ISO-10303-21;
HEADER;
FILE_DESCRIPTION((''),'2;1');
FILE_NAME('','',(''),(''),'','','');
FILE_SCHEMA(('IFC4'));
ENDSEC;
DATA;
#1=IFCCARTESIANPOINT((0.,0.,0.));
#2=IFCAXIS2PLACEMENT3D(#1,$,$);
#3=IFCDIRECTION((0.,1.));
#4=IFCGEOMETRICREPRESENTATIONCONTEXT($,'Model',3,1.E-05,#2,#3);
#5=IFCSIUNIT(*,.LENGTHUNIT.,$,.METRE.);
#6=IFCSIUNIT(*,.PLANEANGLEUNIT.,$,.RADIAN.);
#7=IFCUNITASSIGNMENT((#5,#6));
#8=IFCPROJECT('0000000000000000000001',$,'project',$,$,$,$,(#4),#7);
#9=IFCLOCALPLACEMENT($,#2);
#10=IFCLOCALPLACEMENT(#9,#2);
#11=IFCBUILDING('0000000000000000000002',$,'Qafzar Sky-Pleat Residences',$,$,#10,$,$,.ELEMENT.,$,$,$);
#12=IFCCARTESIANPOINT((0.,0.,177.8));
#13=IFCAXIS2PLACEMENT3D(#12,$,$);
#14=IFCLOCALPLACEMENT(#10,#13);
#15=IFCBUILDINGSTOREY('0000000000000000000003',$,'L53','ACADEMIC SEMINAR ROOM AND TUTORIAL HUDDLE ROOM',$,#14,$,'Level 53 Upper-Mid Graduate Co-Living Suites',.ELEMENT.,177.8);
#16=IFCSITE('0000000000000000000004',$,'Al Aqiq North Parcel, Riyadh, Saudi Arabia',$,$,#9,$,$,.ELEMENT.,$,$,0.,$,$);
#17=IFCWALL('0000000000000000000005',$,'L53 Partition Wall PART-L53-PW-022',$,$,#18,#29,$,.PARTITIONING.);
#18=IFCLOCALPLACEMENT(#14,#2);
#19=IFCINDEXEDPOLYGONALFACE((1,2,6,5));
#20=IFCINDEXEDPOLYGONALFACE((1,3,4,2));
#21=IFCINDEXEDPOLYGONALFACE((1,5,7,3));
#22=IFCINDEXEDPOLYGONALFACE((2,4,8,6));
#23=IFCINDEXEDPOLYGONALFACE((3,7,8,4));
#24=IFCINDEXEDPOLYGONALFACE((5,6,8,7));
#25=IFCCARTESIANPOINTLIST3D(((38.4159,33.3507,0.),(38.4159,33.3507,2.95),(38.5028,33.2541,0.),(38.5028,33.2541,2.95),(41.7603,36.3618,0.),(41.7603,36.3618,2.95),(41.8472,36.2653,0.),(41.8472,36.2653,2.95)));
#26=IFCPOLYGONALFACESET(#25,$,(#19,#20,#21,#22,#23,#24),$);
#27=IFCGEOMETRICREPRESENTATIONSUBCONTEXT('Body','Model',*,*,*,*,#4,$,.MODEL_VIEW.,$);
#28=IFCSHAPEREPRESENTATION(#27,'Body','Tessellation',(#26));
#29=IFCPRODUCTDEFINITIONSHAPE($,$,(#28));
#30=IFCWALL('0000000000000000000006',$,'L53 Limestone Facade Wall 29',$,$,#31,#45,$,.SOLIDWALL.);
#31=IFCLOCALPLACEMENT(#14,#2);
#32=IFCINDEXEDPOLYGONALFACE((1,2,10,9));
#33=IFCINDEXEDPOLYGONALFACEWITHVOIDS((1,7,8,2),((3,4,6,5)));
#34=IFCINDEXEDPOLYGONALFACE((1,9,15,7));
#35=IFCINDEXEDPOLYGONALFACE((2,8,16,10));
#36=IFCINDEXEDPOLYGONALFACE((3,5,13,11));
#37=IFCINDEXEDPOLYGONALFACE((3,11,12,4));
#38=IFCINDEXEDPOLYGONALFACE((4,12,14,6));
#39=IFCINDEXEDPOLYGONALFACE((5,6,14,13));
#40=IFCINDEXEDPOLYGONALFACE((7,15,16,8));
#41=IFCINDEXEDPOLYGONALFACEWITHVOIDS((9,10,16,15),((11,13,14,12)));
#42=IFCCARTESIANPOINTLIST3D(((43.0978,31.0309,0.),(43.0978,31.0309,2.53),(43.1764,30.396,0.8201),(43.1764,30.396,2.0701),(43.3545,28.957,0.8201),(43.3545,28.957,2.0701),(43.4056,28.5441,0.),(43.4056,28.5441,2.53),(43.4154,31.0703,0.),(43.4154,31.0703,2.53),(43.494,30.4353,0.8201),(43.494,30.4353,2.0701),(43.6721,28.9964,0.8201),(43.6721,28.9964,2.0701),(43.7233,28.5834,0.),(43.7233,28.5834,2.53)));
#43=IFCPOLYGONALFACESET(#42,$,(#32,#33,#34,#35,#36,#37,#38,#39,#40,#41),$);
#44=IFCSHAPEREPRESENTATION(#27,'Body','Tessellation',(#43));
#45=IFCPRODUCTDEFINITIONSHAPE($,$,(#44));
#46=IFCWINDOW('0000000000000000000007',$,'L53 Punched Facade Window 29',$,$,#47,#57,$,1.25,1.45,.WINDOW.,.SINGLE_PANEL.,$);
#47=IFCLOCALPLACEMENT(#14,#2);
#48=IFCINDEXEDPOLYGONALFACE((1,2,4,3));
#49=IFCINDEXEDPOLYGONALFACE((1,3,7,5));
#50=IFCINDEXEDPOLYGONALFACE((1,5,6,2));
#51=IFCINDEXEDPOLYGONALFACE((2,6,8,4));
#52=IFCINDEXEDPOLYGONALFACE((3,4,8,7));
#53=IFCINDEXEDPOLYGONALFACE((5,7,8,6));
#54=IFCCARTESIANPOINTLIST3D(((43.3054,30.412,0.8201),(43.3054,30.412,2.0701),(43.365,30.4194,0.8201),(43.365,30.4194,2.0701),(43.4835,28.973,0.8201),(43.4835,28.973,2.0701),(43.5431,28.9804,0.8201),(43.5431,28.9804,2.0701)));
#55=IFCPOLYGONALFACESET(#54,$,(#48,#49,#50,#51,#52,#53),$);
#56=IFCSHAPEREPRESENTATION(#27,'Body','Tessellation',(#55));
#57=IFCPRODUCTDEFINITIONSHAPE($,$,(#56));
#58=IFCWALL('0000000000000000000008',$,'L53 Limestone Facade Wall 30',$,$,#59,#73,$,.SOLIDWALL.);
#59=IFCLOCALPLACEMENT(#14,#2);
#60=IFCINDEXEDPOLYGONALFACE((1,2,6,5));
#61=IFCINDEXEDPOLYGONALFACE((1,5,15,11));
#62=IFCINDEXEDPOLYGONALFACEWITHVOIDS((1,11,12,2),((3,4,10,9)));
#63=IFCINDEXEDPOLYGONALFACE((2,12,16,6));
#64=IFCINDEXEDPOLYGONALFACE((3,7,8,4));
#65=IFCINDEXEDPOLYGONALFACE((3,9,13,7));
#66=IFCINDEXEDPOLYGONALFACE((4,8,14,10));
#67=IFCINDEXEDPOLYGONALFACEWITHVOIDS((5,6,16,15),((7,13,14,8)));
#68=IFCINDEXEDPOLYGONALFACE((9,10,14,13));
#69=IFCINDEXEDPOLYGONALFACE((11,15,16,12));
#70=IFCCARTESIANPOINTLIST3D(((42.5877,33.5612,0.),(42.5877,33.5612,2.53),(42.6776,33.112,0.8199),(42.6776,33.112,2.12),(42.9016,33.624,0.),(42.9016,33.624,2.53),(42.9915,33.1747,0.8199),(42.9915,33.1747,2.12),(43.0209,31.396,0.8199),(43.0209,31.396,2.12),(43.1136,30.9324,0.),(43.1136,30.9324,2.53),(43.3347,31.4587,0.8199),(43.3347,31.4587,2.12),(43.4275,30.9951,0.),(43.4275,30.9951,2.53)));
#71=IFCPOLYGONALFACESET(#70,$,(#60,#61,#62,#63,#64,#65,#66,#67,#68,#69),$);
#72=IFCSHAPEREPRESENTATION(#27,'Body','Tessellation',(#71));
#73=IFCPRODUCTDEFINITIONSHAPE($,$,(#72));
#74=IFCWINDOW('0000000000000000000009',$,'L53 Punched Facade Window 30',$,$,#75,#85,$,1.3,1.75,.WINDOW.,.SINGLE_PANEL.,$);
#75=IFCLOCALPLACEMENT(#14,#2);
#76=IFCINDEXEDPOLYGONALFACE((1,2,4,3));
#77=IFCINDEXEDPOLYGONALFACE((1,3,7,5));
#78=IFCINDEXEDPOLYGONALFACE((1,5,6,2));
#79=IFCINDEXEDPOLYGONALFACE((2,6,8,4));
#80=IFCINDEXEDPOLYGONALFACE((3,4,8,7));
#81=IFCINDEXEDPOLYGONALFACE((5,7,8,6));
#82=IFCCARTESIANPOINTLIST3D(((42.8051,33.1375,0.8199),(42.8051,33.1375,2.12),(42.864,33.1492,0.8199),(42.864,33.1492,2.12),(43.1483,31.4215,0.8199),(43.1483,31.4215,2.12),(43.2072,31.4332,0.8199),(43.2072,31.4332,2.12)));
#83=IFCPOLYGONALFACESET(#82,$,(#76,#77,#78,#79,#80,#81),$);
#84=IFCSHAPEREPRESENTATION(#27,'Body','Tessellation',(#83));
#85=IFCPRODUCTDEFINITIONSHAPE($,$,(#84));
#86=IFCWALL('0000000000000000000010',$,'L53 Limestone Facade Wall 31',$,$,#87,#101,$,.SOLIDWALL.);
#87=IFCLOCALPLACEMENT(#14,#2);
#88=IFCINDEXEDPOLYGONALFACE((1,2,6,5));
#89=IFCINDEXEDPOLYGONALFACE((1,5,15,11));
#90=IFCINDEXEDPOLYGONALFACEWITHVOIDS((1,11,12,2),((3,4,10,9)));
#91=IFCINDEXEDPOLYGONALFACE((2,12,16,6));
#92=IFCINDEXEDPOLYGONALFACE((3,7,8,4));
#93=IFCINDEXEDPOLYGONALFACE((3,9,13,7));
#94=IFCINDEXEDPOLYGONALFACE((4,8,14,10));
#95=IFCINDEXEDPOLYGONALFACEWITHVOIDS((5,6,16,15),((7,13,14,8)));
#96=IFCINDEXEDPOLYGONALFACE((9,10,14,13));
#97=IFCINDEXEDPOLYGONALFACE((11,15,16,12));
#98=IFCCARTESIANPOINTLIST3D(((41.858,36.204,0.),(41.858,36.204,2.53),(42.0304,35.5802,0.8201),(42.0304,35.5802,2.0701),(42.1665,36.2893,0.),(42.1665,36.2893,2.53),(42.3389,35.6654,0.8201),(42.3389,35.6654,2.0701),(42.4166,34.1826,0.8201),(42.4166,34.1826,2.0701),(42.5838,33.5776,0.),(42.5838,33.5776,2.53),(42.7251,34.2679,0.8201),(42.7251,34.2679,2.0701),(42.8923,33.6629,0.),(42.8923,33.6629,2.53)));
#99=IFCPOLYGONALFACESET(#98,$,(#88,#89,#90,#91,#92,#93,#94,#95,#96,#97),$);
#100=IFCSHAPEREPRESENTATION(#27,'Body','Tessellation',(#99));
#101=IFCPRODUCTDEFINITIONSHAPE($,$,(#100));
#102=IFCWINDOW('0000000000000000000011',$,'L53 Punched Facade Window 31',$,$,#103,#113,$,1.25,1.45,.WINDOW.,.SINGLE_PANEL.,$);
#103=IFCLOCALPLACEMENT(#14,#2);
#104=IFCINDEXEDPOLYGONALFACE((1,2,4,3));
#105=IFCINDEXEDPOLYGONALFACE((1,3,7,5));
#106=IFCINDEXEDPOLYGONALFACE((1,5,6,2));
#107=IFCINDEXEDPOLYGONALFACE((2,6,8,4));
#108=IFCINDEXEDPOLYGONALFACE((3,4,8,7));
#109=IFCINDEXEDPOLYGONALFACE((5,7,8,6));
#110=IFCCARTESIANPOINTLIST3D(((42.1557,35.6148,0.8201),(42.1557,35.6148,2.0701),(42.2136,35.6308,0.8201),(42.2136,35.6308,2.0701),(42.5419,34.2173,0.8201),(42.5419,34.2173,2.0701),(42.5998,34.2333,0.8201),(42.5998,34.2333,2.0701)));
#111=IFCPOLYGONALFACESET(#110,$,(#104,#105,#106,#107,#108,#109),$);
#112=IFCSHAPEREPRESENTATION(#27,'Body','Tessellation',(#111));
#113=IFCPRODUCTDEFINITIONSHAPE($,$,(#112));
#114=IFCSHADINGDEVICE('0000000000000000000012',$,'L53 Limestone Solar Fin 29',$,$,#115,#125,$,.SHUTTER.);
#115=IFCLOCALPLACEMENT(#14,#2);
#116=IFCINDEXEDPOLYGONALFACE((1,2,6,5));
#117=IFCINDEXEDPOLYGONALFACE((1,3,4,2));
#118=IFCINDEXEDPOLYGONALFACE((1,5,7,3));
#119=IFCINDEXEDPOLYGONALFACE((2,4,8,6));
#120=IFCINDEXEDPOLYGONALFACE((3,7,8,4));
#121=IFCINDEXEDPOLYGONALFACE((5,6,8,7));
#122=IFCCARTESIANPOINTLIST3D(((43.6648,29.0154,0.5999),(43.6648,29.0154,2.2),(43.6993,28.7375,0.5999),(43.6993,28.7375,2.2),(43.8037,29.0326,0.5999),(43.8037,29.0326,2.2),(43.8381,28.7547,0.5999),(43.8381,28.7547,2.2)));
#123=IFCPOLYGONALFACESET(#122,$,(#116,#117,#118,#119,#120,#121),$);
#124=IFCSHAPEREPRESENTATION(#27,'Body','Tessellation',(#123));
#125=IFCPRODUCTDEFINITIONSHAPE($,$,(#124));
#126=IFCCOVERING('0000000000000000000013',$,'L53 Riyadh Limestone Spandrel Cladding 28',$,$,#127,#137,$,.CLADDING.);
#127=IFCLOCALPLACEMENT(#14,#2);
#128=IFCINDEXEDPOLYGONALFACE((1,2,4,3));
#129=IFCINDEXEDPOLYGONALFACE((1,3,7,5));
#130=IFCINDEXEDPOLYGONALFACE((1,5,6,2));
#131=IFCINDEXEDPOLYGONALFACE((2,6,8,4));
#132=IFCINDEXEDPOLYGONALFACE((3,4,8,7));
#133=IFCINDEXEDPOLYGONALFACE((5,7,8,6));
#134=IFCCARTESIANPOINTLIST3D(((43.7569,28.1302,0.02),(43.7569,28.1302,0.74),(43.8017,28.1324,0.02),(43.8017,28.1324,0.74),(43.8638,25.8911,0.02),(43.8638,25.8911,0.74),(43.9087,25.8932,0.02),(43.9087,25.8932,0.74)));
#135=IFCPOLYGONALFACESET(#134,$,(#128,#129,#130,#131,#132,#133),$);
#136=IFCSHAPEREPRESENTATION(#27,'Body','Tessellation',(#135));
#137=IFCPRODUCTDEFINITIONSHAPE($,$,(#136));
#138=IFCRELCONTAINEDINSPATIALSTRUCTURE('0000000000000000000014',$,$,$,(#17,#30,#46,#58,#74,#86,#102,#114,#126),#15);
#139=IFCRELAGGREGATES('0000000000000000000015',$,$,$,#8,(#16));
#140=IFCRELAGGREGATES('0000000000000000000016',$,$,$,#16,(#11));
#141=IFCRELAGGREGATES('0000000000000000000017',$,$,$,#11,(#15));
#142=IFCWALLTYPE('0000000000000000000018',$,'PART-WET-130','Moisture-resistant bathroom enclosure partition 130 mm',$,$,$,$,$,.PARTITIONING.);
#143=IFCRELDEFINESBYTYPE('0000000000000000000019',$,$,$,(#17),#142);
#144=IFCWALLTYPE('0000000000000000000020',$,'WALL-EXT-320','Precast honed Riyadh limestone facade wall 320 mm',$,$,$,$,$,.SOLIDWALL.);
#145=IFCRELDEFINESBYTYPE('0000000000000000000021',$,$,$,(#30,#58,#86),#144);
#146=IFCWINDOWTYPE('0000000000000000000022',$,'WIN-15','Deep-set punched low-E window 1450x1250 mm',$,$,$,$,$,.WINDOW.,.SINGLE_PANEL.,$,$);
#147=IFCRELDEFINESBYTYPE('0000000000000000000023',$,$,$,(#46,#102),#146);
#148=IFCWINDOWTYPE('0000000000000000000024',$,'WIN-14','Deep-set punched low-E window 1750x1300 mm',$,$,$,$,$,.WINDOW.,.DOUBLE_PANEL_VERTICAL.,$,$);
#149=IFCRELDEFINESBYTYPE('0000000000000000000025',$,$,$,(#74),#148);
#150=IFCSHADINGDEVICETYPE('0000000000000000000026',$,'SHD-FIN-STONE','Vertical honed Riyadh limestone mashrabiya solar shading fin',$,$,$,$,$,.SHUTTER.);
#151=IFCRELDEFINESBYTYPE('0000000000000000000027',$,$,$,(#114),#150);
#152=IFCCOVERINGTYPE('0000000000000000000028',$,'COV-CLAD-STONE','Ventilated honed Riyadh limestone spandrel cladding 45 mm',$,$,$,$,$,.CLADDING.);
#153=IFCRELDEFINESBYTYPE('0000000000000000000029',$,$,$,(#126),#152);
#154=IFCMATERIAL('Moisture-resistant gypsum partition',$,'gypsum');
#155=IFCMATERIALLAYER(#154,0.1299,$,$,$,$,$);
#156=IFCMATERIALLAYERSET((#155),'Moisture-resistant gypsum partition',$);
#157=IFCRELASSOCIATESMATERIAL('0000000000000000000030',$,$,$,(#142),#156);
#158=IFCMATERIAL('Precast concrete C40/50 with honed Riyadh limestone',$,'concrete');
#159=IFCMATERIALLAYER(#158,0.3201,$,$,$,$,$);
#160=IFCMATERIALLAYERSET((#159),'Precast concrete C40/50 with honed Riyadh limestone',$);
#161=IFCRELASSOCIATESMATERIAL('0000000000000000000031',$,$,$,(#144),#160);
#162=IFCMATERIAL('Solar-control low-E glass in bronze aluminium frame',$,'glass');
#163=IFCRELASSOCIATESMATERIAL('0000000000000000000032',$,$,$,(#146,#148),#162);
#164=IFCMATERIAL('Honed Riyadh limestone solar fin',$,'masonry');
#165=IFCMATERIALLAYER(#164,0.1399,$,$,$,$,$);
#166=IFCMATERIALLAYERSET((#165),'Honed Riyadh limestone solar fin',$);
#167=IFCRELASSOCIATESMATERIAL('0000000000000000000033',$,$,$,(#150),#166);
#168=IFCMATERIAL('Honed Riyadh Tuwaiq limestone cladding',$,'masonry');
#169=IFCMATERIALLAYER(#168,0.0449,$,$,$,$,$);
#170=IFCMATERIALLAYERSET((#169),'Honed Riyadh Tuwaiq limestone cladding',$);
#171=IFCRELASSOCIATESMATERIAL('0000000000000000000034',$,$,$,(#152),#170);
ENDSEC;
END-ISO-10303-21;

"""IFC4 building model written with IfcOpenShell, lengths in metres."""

from ifc_helpers import new_model, si_unit, direction, frame, frame_2d, origin, origin_2d, place, context, subcontext, project, spatial, rectangle, extrude, source, transform, mapped, material, layer, layer_set, type_object, element, fill, save


model = new_model("IFC4")

# Units and contexts
model_context = context("Model", 3, precision=1e-05, world=origin(), true_north=direction((0.0, 1.0)))
body_context = subcontext(model_context, "Body", "Model", "MODEL_VIEW")
ifc_project = project(units=[si_unit("LENGTHUNIT", "METRE"), si_unit("PLANEANGLEUNIT", "RADIAN")], contexts=[model_context])

# Site, building, storey
site_placement = place(None, origin())
site = spatial("IfcSite", under=ifc_project, at=site_placement, Name="Al Aqiq North Parcel, Riyadh, Saudi Arabia", CompositionType="ELEMENT", RefElevation=0.0)
building_placement = place(site_placement, origin())
building = spatial("IfcBuilding", under=site, at=building_placement, Name="Qafzar Sky-Pleat Residences", CompositionType="ELEMENT")
storey_placement = place(building_placement, frame((0.0, 0.0, 177.8)))
storey = spatial("IfcBuildingStorey", under=building, at=storey_placement, Name="L53", Description="ACADEMIC SEMINAR ROOM AND TUTORIAL HUDDLE ROOM", LongName="Level 53 Upper-Mid Graduate Co-Living Suites", CompositionType="ELEMENT", Elevation=177.8)

# Wall
ifc_material_1 = material(Name="Moisture-resistant gypsum partition", Category="gypsum")
ifc_layer_1 = layer(ifc_material_1, 0.1299)
ifc_layer_set_1 = layer_set([ifc_layer_1], Name="Moisture-resistant gypsum partition")
wall_type_1 = type_object("IfcWallType", Name="PART-WET-130", Description="Moisture-resistant bathroom enclosure partition 130 mm", PredefinedType="PARTITIONING", material=ifc_layer_set_1)
wall_1_placement = place(storey_placement, frame((38.4595, 33.3025, 0.0), z_axis=(0.0, 0.0, 1.0), x_axis=(0.743162, 0.669112, 0.0)))
element("IfcWall", 1, at=wall_1_placement, inside=storey, type_object=wall_type_1, Name="L53 Partition Wall PART-L53-PW-022", PredefinedType="PARTITIONING", context=body_context, shape_type="SweptSolid", body=[
    extrude(rectangle(XDim=4.5002, YDim=0.1299, at=frame_2d((2.25, 0.0))), origin(), (0.0, 0.0, 1.0), 2.95),
])

# Walls, openings, windows
ifc_material_2 = material(Name="Precast concrete C40/50 with honed Riyadh limestone", Category="concrete")
ifc_layer_2 = layer(ifc_material_2, 0.3201)
ifc_layer_set_2 = layer_set([ifc_layer_2], Name="Precast concrete C40/50 with honed Riyadh limestone")
wall_type_2 = type_object("IfcWallType", Name="WALL-EXT-320", Description="Precast honed Riyadh limestone facade wall 320 mm", PredefinedType="SOLIDWALL", material=ifc_layer_set_2)
wall_2_placement = place(storey_placement, frame((43.5645, 28.5637, 0.0), z_axis=(0.0, 0.0, 1.0), x_axis=(-0.122859, 0.992424, 0.0)))
wall_2 = element("IfcWall", 2, at=wall_2_placement, inside=storey, type_object=wall_type_2, Name="L53 Limestone Facade Wall 29", PredefinedType="SOLIDWALL", context=body_context, shape_type="SweptSolid", body=[
    extrude(rectangle(XDim=2.5059, YDim=0.3201, at=frame_2d((1.2529, 0.0))), origin(), (0.0, 0.0, 1.0), 2.53),
])
opening_1_placement = place(wall_2_placement, frame((0.416, 0.0, 0.8201)))
opening_1 = element("IfcOpeningElement", 3, at=opening_1_placement, cuts=wall_2, PredefinedType="OPENING", context=body_context, shape_type="SweptSolid", body=[
    extrude(rectangle(XDim=1.45, YDim=1.25, at=frame_2d((0.7251, 0.625))), frame((0.0, 0.1699, 0.0), z_axis=(0.0, -1.0, 0.0), x_axis=(1.0, 0.0, 0.0)), (0.0, 0.0, 1.0), 0.3401),
])
ifc_material_3 = material(Name="Solar-control low-E glass in bronze aluminium frame", Category="glass")
window_type_1 = type_object("IfcWindowType", Name="WIN-15", Description="Deep-set punched low-E window 1450x1250 mm", PartitioningType="SINGLE_PANEL", PredefinedType="WINDOW", material=ifc_material_3)
shared_shape_1 = source(origin(), body_context, "Body", "SweptSolid", [
    extrude(rectangle(XDim=1.45, YDim=1.25, at=frame_2d((0.7251, 0.625))), frame((0.0, 0.03, 0.0), z_axis=(0.0, -1.0, 0.0), x_axis=(1.0, 0.0, 0.0)), (0.0, 0.0, 1.0), 0.0601),
])
window_1_placement = place(opening_1_placement, origin())
window_1 = element("IfcWindow", 4, at=window_1_placement, inside=storey, type_object=window_type_1, Name="L53 Punched Facade Window 29", OverallHeight=1.25, OverallWidth=1.45, PartitioningType="SINGLE_PANEL", PredefinedType="WINDOW", context=body_context, shape_type="MappedRepresentation", body=[
    mapped(shared_shape_1, transform((0.0, 0.0, 0.0), x_axis=(1.0, 0.0, 0.0), y_axis=(0.0, 1.0, 0.0), z_axis=(0.0, 0.0, 1.0), scale=1.0)),
])
fill(opening_1, window_1)
wall_3_placement = place(storey_placement, frame((43.2705, 30.9639, 0.0), z_axis=(0.0, 0.0, 1.0), x_axis=(-0.196151, 0.980574, 0.0)))
wall_3 = element("IfcWall", 5, at=wall_3_placement, inside=storey, type_object=wall_type_2, Name="L53 Limestone Facade Wall 30", PredefinedType="SOLIDWALL", context=body_context, shape_type="SweptSolid", body=[
    extrude(rectangle(XDim=2.6809, YDim=0.3201, at=frame_2d((1.3403, 0.0))), origin(), (0.0, 0.0, 1.0), 2.53),
])
opening_2_placement = place(wall_3_placement, frame((0.4727, 0.0, 0.8201)))
opening_2 = element("IfcOpeningElement", 6, at=opening_2_placement, cuts=wall_3, PredefinedType="OPENING", context=body_context, shape_type="SweptSolid", body=[
    extrude(rectangle(XDim=1.75, YDim=1.3, at=frame_2d((0.875, 0.6499))), frame((0.0, 0.1699, 0.0), z_axis=(0.0, -1.0, 0.0), x_axis=(1.0, 0.0, 0.0)), (0.0, 0.0, 1.0), 0.3401),
])
window_type_2 = type_object("IfcWindowType", Name="WIN-14", Description="Deep-set punched low-E window 1750x1300 mm", PartitioningType="DOUBLE_PANEL_VERTICAL", PredefinedType="WINDOW", material=ifc_material_3)
shared_shape_2 = source(origin(), body_context, "Body", "SweptSolid", [
    extrude(rectangle(XDim=1.75, YDim=1.3, at=frame_2d((0.875, 0.6499))), frame((0.0, 0.03, 0.0), z_axis=(0.0, -1.0, 0.0), x_axis=(1.0, 0.0, 0.0)), (0.0, 0.0, 1.0), 0.0601),
])
window_2_placement = place(opening_2_placement, origin())
window_2 = element("IfcWindow", 7, at=window_2_placement, inside=storey, type_object=window_type_2, Name="L53 Punched Facade Window 30", OverallHeight=1.3, OverallWidth=1.75, PartitioningType="SINGLE_PANEL", PredefinedType="WINDOW", context=body_context, shape_type="MappedRepresentation", body=[
    mapped(shared_shape_2, transform((0.0, 0.0, 0.0), x_axis=(1.0, 0.0, 0.0), y_axis=(0.0, 1.0, 0.0), z_axis=(0.0, 0.0, 1.0), scale=1.0)),
])
fill(opening_2, window_2)
wall_4_placement = place(storey_placement, frame((42.738, 33.6204, 0.0), z_axis=(0.0, 0.0, 1.0), x_axis=(-0.266368, 0.963871, 0.0)))
wall_4 = element("IfcWall", 8, at=wall_4_placement, inside=storey, type_object=wall_type_2, Name="L53 Limestone Facade Wall 31", PredefinedType="SOLIDWALL", context=body_context, shape_type="SweptSolid", body=[
    extrude(rectangle(XDim=2.7249, YDim=0.3201, at=frame_2d((1.3623, 0.0))), origin(), (0.0, 0.0, 1.0), 2.53),
])
opening_3_placement = place(wall_4_placement, frame((0.6274, 0.0, 0.8201)))
opening_3 = element("IfcOpeningElement", 9, at=opening_3_placement, cuts=wall_4, PredefinedType="OPENING", context=body_context, shape_type="SweptSolid", body=[
    extrude(rectangle(XDim=1.45, YDim=1.25, at=frame_2d((0.7251, 0.625))), frame((0.0, 0.1699, 0.0), z_axis=(0.0, -1.0, 0.0), x_axis=(1.0, 0.0, 0.0)), (0.0, 0.0, 1.0), 0.3401),
])
window_3_placement = place(opening_3_placement, origin())
window_3 = element("IfcWindow", 10, at=window_3_placement, inside=storey, type_object=window_type_1, Name="L53 Punched Facade Window 31", OverallHeight=1.25, OverallWidth=1.45, PartitioningType="SINGLE_PANEL", PredefinedType="WINDOW", context=body_context, shape_type="MappedRepresentation", body=[
    mapped(shared_shape_1, transform((0.0, 0.0, 0.0), x_axis=(1.0, 0.0, 0.0), y_axis=(0.0, 1.0, 0.0), z_axis=(0.0, 0.0, 1.0), scale=1.0)),
])
fill(opening_3, window_3)

# Shading device
ifc_material_4 = material(Name="Honed Riyadh limestone solar fin", Category="masonry")
ifc_layer_3 = layer(ifc_material_4, 0.1399)
ifc_layer_set_3 = layer_set([ifc_layer_3], Name="Honed Riyadh limestone solar fin")
shading_device_type = type_object("IfcShadingDeviceType", Name="SHD-FIN-STONE", Description="Vertical honed Riyadh limestone mashrabiya solar shading fin", PredefinedType="SHUTTER", material=ifc_layer_set_3)
shared_shape_3 = source(origin(), body_context, "Body", "SweptSolid", [
    extrude(rectangle(XDim=0.1399, YDim=0.28, at=origin_2d()), origin(), (0.0, 0.0, 1.0), 1.6001),
])
shading_device_placement = place(storey_placement, frame((43.7515, 28.885, 0.5999), z_axis=(0.0, 0.0, 1.0), x_axis=(0.992419, 0.122903, 0.0)))
element("IfcShadingDevice", 11, at=shading_device_placement, inside=storey, type_object=shading_device_type, Name="L53 Limestone Solar Fin 29", PredefinedType="SHUTTER", context=body_context, shape_type="MappedRepresentation", body=[
    mapped(shared_shape_3, transform((0.0, 0.0, 0.0), x_axis=(1.0, 0.0, 0.0), y_axis=(0.0, 1.0, 0.0), z_axis=(0.0, 0.0, 1.0), scale=1.0)),
])

# Covering
ifc_material_5 = material(Name="Honed Riyadh Tuwaiq limestone cladding", Category="masonry")
ifc_layer_4 = layer(ifc_material_5, 0.0449)
ifc_layer_set_4 = layer_set([ifc_layer_4], Name="Honed Riyadh Tuwaiq limestone cladding")
covering_type = type_object("IfcCoveringType", Name="COV-CLAD-STONE", Description="Ventilated honed Riyadh limestone spandrel cladding 45 mm", PredefinedType="CLADDING", material=ifc_layer_set_4)
shared_shape_4 = source(origin(), body_context, "Body", "SweptSolid", [
    extrude(rectangle(XDim=2.2417, YDim=0.0449, at=origin_2d()), origin(), (0.0, 0.0, 1.0), 0.72),
])
covering_placement = place(storey_placement, frame((43.8328, 27.0117, 0.02), z_axis=(0.0, 0.0, 1.0), x_axis=(-0.047693, 0.998862, 0.0)))
element("IfcCovering", 12, at=covering_placement, inside=storey, type_object=covering_type, Name="L53 Riyadh Limestone Spandrel Cladding 28", PredefinedType="CLADDING", context=body_context, shape_type="MappedRepresentation", body=[
    mapped(shared_shape_4, transform((0.0, 0.0, 0.0), x_axis=(1.0, 0.0, 0.0), y_axis=(0.0, 1.0, 0.0), z_axis=(0.0, 0.0, 1.0), scale=1.0)),
])

save(model, "model.ifc")
